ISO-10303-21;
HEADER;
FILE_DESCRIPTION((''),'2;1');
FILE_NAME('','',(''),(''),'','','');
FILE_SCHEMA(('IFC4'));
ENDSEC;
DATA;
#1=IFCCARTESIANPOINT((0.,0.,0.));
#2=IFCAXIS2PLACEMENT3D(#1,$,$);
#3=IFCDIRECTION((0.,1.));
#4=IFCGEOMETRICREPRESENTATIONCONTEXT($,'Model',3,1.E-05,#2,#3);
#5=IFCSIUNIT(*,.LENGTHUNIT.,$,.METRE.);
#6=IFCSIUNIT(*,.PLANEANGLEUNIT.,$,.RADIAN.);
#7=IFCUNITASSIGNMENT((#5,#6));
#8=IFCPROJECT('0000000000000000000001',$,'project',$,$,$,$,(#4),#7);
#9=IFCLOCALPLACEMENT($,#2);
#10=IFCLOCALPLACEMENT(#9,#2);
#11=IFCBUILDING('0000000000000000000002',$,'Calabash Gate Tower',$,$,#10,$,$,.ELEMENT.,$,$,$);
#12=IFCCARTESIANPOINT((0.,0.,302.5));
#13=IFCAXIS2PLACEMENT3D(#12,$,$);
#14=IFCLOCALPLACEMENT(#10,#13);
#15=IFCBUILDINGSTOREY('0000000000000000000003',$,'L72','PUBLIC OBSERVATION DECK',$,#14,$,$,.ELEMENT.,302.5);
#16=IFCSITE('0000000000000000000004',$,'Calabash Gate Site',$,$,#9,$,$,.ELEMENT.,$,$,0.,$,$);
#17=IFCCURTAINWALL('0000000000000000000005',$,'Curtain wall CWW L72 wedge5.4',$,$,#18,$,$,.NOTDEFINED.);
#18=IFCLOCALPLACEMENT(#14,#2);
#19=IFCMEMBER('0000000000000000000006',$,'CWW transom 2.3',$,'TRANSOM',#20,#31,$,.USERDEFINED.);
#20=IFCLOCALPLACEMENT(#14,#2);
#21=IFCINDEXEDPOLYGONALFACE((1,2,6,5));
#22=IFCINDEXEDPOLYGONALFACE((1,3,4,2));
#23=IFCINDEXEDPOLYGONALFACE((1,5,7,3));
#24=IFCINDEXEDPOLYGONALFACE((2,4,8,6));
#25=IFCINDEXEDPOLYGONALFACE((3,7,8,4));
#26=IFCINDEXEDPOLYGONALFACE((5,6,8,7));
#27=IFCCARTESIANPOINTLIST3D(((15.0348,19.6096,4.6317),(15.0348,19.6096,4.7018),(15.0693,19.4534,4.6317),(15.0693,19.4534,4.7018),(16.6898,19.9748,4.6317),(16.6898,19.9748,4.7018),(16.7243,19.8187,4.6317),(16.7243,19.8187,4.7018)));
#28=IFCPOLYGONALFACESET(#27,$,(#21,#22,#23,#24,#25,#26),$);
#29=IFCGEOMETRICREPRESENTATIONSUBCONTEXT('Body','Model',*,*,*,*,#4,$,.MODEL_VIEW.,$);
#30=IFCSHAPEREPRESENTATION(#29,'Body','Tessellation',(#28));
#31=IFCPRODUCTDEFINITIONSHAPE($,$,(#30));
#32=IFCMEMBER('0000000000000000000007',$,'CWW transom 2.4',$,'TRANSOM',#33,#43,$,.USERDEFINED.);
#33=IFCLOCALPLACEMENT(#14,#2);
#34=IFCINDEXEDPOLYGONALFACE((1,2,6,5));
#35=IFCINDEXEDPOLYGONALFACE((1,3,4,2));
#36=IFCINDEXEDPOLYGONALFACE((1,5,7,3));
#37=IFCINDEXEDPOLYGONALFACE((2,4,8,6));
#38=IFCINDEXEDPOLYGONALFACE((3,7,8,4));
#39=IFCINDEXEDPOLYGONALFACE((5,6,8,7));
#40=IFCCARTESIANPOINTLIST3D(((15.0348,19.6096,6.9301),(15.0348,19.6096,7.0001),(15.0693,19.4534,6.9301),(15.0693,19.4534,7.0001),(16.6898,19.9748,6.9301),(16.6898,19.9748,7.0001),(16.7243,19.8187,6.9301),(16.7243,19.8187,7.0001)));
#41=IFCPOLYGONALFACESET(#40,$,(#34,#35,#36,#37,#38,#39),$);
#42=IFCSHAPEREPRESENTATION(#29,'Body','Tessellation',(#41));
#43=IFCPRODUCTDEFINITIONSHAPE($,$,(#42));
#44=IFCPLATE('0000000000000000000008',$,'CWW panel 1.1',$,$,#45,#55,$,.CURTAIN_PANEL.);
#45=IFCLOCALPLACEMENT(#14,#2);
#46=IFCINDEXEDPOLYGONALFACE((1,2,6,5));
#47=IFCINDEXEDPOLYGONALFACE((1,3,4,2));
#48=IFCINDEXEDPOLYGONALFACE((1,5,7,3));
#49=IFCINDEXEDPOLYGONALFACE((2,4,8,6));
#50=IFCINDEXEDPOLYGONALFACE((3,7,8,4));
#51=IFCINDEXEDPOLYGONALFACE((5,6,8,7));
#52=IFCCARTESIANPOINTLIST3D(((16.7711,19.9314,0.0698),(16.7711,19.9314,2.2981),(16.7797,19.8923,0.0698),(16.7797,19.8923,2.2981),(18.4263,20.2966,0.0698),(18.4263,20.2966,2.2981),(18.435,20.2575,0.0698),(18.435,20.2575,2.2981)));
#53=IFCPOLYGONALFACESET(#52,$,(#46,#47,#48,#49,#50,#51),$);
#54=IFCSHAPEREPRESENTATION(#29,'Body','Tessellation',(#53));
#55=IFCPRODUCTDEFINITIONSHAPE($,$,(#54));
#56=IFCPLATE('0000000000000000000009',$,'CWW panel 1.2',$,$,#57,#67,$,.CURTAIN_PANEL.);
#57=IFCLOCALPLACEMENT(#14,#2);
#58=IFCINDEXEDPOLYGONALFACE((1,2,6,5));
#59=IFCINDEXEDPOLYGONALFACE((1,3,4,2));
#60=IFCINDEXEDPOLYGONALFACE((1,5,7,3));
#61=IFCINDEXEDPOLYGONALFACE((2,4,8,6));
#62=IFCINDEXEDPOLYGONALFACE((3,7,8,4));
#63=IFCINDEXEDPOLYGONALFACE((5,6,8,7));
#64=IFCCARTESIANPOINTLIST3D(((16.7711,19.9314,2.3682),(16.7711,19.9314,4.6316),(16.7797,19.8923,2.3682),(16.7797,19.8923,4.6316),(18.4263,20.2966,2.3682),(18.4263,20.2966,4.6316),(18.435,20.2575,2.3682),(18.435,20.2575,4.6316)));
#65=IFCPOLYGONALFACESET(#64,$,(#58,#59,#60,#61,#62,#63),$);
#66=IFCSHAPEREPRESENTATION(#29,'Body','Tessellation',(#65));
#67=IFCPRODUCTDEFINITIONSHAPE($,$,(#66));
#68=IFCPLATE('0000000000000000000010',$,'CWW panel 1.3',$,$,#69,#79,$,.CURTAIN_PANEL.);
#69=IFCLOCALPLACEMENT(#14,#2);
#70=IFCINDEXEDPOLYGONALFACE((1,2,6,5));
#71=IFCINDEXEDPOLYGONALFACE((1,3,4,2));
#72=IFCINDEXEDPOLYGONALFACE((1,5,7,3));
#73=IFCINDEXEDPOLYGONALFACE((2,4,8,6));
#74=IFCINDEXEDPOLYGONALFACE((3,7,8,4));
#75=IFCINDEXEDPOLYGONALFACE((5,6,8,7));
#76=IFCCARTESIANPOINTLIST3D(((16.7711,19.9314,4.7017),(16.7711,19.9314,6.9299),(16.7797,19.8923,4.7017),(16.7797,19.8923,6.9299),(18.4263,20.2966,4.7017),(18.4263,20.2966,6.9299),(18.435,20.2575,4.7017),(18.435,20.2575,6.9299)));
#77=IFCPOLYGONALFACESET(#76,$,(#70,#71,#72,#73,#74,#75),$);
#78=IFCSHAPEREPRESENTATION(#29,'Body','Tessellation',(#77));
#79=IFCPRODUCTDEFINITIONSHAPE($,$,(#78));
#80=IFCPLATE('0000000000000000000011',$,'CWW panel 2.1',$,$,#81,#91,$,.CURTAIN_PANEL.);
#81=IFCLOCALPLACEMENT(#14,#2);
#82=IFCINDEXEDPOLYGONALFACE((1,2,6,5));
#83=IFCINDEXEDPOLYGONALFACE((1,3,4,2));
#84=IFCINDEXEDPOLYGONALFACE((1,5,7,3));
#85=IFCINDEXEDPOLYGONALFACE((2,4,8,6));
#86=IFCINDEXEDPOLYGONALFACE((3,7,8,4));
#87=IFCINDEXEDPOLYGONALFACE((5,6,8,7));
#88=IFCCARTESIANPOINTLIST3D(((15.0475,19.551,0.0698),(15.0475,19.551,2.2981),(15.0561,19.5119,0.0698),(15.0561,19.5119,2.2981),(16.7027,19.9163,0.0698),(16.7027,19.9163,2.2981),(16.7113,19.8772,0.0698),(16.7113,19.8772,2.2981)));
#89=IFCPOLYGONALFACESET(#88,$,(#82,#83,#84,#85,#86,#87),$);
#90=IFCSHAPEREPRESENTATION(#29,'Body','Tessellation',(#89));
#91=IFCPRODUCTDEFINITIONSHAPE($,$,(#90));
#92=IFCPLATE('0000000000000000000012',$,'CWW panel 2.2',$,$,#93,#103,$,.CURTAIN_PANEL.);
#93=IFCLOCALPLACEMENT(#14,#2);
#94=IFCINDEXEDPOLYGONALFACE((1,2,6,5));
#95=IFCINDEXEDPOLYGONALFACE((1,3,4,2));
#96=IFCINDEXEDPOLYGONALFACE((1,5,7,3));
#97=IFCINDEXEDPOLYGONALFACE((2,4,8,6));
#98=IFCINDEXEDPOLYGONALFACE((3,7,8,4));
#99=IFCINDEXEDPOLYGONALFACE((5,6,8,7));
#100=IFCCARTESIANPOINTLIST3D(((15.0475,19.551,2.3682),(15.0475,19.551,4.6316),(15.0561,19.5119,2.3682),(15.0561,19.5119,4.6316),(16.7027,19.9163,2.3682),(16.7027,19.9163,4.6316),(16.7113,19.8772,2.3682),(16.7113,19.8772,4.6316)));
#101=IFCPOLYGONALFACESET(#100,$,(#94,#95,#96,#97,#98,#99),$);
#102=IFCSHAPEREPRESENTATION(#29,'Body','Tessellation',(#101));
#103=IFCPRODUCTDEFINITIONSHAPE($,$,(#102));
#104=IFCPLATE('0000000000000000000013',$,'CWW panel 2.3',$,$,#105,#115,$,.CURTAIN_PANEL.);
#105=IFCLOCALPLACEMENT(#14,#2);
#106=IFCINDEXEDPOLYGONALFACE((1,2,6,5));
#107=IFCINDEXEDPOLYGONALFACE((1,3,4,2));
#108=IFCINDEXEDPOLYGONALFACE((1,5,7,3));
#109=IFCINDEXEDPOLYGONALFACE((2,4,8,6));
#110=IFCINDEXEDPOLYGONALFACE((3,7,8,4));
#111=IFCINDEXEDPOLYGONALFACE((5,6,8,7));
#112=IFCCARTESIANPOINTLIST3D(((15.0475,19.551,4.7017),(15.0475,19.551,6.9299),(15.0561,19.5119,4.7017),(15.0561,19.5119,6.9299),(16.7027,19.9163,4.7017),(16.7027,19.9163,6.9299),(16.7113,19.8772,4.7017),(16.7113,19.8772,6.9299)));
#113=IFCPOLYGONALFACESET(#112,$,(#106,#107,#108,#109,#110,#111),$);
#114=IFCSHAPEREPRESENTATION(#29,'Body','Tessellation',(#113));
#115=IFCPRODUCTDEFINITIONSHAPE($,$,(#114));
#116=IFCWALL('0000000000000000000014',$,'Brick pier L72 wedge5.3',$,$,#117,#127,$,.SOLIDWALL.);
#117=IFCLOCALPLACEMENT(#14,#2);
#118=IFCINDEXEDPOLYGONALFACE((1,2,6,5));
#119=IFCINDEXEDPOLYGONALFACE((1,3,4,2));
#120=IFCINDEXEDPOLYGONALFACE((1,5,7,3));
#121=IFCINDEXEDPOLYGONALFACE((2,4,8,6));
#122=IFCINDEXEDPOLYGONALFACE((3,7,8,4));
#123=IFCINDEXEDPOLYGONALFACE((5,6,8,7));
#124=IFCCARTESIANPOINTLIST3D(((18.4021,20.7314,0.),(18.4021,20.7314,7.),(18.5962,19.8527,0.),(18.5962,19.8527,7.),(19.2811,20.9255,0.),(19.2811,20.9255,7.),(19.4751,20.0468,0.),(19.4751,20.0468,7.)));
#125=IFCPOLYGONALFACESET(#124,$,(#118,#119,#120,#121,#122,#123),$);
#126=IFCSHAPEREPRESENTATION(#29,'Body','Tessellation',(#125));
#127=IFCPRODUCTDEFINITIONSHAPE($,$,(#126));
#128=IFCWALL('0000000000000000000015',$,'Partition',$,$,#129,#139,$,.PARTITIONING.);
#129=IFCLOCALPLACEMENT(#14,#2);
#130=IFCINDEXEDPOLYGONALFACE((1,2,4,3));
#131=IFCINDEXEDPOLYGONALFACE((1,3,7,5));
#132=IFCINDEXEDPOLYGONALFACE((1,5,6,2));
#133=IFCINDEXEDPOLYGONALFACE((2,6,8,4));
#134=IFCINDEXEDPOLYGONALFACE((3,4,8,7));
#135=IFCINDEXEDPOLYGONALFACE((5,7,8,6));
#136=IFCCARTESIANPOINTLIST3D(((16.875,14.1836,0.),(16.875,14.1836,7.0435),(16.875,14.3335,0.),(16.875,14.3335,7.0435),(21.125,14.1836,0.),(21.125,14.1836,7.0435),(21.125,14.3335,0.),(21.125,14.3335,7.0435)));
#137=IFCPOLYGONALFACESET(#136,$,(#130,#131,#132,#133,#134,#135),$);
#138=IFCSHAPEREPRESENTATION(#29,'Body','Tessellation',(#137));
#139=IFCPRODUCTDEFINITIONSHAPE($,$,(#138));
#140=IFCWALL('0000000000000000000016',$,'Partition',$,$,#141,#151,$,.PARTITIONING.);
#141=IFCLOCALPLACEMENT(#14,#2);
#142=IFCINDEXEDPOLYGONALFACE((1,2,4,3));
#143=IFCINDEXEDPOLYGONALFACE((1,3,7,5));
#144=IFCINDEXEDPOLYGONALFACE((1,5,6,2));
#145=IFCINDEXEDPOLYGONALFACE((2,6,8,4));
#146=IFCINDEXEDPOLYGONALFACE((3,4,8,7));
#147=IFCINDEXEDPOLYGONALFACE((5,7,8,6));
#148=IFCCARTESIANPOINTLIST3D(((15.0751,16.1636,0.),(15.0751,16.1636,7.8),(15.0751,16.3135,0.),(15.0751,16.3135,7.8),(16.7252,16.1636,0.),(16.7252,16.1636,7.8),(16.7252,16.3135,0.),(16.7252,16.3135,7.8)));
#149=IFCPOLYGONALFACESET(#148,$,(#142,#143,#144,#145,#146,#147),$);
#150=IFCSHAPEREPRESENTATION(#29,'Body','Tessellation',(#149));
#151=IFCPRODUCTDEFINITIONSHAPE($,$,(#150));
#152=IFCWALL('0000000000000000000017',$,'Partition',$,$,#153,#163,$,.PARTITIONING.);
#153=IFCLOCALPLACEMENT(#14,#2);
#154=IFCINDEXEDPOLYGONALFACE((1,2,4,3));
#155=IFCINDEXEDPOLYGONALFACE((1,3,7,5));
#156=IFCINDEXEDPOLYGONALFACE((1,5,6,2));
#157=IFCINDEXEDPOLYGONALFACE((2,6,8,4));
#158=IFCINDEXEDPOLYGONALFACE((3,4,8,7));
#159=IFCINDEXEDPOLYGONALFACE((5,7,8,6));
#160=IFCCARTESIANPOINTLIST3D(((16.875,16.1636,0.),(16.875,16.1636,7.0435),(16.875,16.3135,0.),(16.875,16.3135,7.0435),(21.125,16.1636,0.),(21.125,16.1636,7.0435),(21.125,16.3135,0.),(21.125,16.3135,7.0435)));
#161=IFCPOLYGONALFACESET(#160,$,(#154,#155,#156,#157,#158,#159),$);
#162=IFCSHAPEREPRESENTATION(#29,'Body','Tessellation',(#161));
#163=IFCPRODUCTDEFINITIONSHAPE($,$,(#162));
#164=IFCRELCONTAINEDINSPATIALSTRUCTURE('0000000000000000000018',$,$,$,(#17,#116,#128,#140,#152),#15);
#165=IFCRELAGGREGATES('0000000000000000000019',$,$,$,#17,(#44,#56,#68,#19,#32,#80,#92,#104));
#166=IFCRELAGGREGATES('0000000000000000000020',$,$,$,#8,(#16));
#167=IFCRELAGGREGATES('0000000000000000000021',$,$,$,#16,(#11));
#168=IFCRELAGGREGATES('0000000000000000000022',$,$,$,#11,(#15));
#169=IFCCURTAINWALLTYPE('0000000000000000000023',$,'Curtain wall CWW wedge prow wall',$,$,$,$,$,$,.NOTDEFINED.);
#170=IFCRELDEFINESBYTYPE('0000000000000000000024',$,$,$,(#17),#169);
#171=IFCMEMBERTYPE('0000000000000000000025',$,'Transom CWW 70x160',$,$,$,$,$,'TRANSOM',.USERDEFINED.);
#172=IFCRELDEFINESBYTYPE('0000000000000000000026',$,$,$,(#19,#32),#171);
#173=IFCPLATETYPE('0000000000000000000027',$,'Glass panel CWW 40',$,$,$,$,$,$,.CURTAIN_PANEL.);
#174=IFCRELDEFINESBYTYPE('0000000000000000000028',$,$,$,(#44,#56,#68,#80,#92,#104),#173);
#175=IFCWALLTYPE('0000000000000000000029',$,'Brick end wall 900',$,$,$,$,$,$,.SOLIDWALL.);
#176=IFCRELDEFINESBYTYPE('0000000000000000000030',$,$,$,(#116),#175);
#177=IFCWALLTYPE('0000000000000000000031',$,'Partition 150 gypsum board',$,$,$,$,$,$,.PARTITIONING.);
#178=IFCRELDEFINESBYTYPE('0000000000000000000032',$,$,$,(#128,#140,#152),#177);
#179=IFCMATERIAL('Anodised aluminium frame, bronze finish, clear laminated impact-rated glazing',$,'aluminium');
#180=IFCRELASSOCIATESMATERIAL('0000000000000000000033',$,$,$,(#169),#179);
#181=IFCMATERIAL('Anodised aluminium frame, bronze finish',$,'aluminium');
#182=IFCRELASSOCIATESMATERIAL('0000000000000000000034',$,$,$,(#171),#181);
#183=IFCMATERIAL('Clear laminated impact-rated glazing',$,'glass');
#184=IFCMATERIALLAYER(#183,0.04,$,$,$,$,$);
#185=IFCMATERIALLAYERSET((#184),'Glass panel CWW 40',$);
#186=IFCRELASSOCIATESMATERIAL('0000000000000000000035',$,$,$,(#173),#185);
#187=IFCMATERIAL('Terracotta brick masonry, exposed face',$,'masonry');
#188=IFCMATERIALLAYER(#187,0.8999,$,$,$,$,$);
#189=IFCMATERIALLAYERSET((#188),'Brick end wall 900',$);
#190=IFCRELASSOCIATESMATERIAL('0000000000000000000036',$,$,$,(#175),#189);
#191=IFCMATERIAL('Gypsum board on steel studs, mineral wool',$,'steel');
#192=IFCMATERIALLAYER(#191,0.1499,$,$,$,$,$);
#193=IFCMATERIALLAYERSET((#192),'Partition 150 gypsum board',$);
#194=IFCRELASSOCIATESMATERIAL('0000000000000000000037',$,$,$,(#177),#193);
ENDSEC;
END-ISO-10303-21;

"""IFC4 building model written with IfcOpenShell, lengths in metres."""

from ifc_helpers import new_model, si_unit, direction, frame, frame_2d, origin, origin_2d, place, context, subcontext, project, spatial, rectangle, extrude, material, layer, layer_set, material_profile, profile_set, type_object, element, aggregate, save


model = new_model("IFC4")

# Units and contexts
model_context = context("Model", 3, precision=1e-05, world=origin(), true_north=direction((0.0, 1.0)))
body_context = subcontext(model_context, "Body", "Model", "MODEL_VIEW")
ifc_project = project(units=[si_unit("LENGTHUNIT", "METRE"), si_unit("PLANEANGLEUNIT", "RADIAN")], contexts=[model_context])

# Site, building, storey
site_placement = place(None, origin())
site = spatial("IfcSite", under=ifc_project, at=site_placement, Name="Calabash Gate Site", CompositionType="ELEMENT", RefElevation=0.0)
building_placement = place(site_placement, origin())
building = spatial("IfcBuilding", under=site, at=building_placement, Name="Calabash Gate Tower", CompositionType="ELEMENT")
storey_placement = place(building_placement, frame((0.0, 0.0, 302.5)))
storey = spatial("IfcBuildingStorey", under=building, at=storey_placement, Name="L72", Description="PUBLIC OBSERVATION DECK", CompositionType="ELEMENT", Elevation=302.5)

# Shared definitions
ifc_material_1 = material(Name="Anodised aluminium frame, bronze finish, clear laminated impact-rated glazing", Category="aluminium")
curtain_wall_type = type_object("IfcCurtainWallType", Name="Curtain wall CWW wedge prow wall", PredefinedType="NOTDEFINED", material=ifc_material_1)

# Curtain wall, members, plates
curtain_wall_1_placement = place(storey_placement, origin())
curtain_wall_1 = element("IfcCurtainWall", 1, at=curtain_wall_1_placement, inside=storey, type_object=curtain_wall_type, Name="Curtain wall CWW L72 wedge5.4", PredefinedType="NOTDEFINED")
ifc_material_2 = material(Name="Anodised aluminium frame, bronze finish", Category="aluminium")
ifc_material_profile_1 = material_profile(ifc_material_2, rectangle(XDim=0.1599, YDim=0.0701, at=origin_2d()))
ifc_profile_set_1 = profile_set([ifc_material_profile_1], Name="Anodised aluminium frame, bronze finish")
member_type_1 = type_object("IfcMemberType", Name="Transom CWW 70x160", ElementType="TRANSOM", PredefinedType="USERDEFINED", material=ifc_profile_set_1)
member_1_placement = place(storey_placement, frame((16.707, 19.8967, 4.6667), z_axis=(-0.976505, -0.215497, 0.0), x_axis=(0.215497, -0.976505, 0.0)))
member_1 = element("IfcMember", 2, at=member_1_placement, type_object=member_type_1, Name="CWW transom 2.3", ObjectType="TRANSOM", PredefinedType="USERDEFINED", context=body_context, shape_type="SweptSolid", body=[
    extrude(rectangle(XDim=0.1599, YDim=0.0701, at=origin_2d()), origin(), (0.0, 0.0, 1.0), 1.6948),
])
member_2_placement = place(storey_placement, frame((16.707, 19.8967, 6.9651), z_axis=(-0.976505, -0.215497, 0.0), x_axis=(0.215497, -0.976505, 0.0)))
member_2 = element("IfcMember", 3, at=member_2_placement, type_object=member_type_1, Name="CWW transom 2.4", ObjectType="TRANSOM", PredefinedType="USERDEFINED", context=body_context, shape_type="SweptSolid", body=[
    extrude(rectangle(XDim=0.1599, YDim=0.0701, at=origin_2d()), origin(), (0.0, 0.0, 1.0), 1.6948),
])
ifc_material_3 = material(Name="Clear laminated impact-rated glazing", Category="glass")
ifc_layer_1 = layer(ifc_material_3, 0.04)
ifc_layer_set_1 = layer_set([ifc_layer_1], Name="Glass panel CWW 40")
plate_type = type_object("IfcPlateType", Name="Glass panel CWW 40", PredefinedType="CURTAIN_PANEL", material=ifc_layer_set_1)
plate_1_placement = place(storey_placement, frame((17.603, 20.0945, 0.0698), z_axis=(0.0, 0.0, 1.0), x_axis=(-0.976511, -0.215468, 0.0)))
plate_1 = element("IfcPlate", 4, at=plate_1_placement, type_object=plate_type, Name="CWW panel 1.1", PredefinedType="CURTAIN_PANEL", context=body_context, shape_type="SweptSolid", body=[
    extrude(rectangle(XDim=1.6951, YDim=0.04, at=origin_2d()), origin(), (0.0, 0.0, 1.0), 2.2283),
])
plate_2_placement = place(storey_placement, frame((17.603, 20.0945, 2.3682), z_axis=(0.0, 0.0, 1.0), x_axis=(-0.976511, -0.215468, 0.0)))
plate_2 = element("IfcPlate", 5, at=plate_2_placement, type_object=plate_type, Name="CWW panel 1.2", PredefinedType="CURTAIN_PANEL", context=body_context, shape_type="SweptSolid", body=[
    extrude(rectangle(XDim=1.6951, YDim=0.04, at=origin_2d()), origin(), (0.0, 0.0, 1.0), 2.2634),
])
plate_3_placement = place(storey_placement, frame((17.603, 20.0945, 4.7017), z_axis=(0.0, 0.0, 1.0), x_axis=(-0.976511, -0.215468, 0.0)))
plate_3 = element("IfcPlate", 6, at=plate_3_placement, type_object=plate_type, Name="CWW panel 1.3", PredefinedType="CURTAIN_PANEL", context=body_context, shape_type="SweptSolid", body=[
    extrude(rectangle(XDim=1.6951, YDim=0.04, at=origin_2d()), origin(), (0.0, 0.0, 1.0), 2.2283),
])
plate_4_placement = place(storey_placement, frame((15.8794, 19.7141, 0.0698), z_axis=(0.0, 0.0, 1.0), x_axis=(-0.976511, -0.215468, 0.0)))
plate_4 = element("IfcPlate", 7, at=plate_4_placement, type_object=plate_type, Name="CWW panel 2.1", PredefinedType="CURTAIN_PANEL", context=body_context, shape_type="SweptSolid", body=[
    extrude(rectangle(XDim=1.6951, YDim=0.04, at=origin_2d()), origin(), (0.0, 0.0, 1.0), 2.2283),
])
plate_5_placement = place(storey_placement, frame((15.8794, 19.7141, 2.3682), z_axis=(0.0, 0.0, 1.0), x_axis=(-0.976511, -0.215468, 0.0)))
plate_5 = element("IfcPlate", 8, at=plate_5_placement, type_object=plate_type, Name="CWW panel 2.2", PredefinedType="CURTAIN_PANEL", context=body_context, shape_type="SweptSolid", body=[
    extrude(rectangle(XDim=1.6951, YDim=0.04, at=origin_2d()), origin(), (0.0, 0.0, 1.0), 2.2634),
])
plate_6_placement = place(storey_placement, frame((15.8794, 19.7141, 4.7017), z_axis=(0.0, 0.0, 1.0), x_axis=(-0.976511, -0.215468, 0.0)))
plate_6 = element("IfcPlate", 9, at=plate_6_placement, type_object=plate_type, Name="CWW panel 2.3", PredefinedType="CURTAIN_PANEL", context=body_context, shape_type="SweptSolid", body=[
    extrude(rectangle(XDim=1.6951, YDim=0.04, at=origin_2d()), origin(), (0.0, 0.0, 1.0), 2.2283),
])
aggregate(curtain_wall_1, [plate_1, plate_2, plate_3, member_1, member_2, plate_4, plate_5, plate_6])

# Walls
ifc_material_4 = material(Name="Terracotta brick masonry, exposed face", Category="masonry")
ifc_layer_2 = layer(ifc_material_4, 0.8999)
ifc_layer_set_2 = layer_set([ifc_layer_2], Name="Brick end wall 900")
wall_type_1 = type_object("IfcWallType", Name="Brick end wall 900", PredefinedType="SOLIDWALL", material=ifc_layer_set_2)
wall_1_placement = place(storey_placement, frame((18.499, 20.292, 0.0), z_axis=(0.0, 0.0, 1.0), x_axis=(0.976473, 0.215638, 0.0)))
element("IfcWall", 10, at=wall_1_placement, inside=storey, type_object=wall_type_1, Name="Brick pier L72 wedge5.3", PredefinedType="SOLIDWALL", context=body_context, shape_type="SweptSolid", body=[
    extrude(rectangle(XDim=0.9001, YDim=0.8999, at=frame_2d((0.4502, 0.0))), origin(), (0.0, 0.0, 1.0), 7.0),
])
ifc_material_5 = material(Name="Gypsum board on steel studs, mineral wool", Category="steel")
ifc_layer_3 = layer(ifc_material_5, 0.1499)
ifc_layer_set_3 = layer_set([ifc_layer_3], Name="Partition 150 gypsum board")
wall_type_2 = type_object("IfcWallType", Name="Partition 150 gypsum board", PredefinedType="PARTITIONING", material=ifc_layer_set_3)
wall_2_placement = place(storey_placement, frame((16.875, 14.2585, 0.0), z_axis=(0.0, 0.0, 1.0), x_axis=(1.0, 0.0, 0.0)))
element("IfcWall", 11, at=wall_2_placement, inside=storey, type_object=wall_type_2, Name="Partition", PredefinedType="PARTITIONING", context=body_context, shape_type="SweptSolid", body=[
    extrude(rectangle(XDim=4.25, YDim=0.1499, at=frame_2d((2.125, 0.0))), origin(), (0.0, 0.0, 1.0), 7.0435),
])
wall_3_placement = place(storey_placement, frame((15.075, 16.2385, 0.0), z_axis=(0.0, 0.0, 1.0), x_axis=(1.0, 0.0, 0.0)))
element("IfcWall", 12, at=wall_3_placement, inside=storey, type_object=wall_type_2, Name="Partition", PredefinedType="PARTITIONING", context=body_context, shape_type="SweptSolid", body=[
    extrude(rectangle(XDim=1.6501, YDim=0.1499, at=frame_2d((0.8252, 0.0))), origin(), (0.0, 0.0, 1.0), 7.8),
])
wall_4_placement = place(storey_placement, frame((16.875, 16.2385, 0.0), z_axis=(0.0, 0.0, 1.0), x_axis=(1.0, 0.0, 0.0)))
element("IfcWall", 13, at=wall_4_placement, inside=storey, type_object=wall_type_2, Name="Partition", PredefinedType="PARTITIONING", context=body_context, shape_type="SweptSolid", body=[
    extrude(rectangle(XDim=4.25, YDim=0.1499, at=frame_2d((2.125, 0.0))), origin(), (0.0, 0.0, 1.0), 7.0435),
])

save(model, "model.ifc")
